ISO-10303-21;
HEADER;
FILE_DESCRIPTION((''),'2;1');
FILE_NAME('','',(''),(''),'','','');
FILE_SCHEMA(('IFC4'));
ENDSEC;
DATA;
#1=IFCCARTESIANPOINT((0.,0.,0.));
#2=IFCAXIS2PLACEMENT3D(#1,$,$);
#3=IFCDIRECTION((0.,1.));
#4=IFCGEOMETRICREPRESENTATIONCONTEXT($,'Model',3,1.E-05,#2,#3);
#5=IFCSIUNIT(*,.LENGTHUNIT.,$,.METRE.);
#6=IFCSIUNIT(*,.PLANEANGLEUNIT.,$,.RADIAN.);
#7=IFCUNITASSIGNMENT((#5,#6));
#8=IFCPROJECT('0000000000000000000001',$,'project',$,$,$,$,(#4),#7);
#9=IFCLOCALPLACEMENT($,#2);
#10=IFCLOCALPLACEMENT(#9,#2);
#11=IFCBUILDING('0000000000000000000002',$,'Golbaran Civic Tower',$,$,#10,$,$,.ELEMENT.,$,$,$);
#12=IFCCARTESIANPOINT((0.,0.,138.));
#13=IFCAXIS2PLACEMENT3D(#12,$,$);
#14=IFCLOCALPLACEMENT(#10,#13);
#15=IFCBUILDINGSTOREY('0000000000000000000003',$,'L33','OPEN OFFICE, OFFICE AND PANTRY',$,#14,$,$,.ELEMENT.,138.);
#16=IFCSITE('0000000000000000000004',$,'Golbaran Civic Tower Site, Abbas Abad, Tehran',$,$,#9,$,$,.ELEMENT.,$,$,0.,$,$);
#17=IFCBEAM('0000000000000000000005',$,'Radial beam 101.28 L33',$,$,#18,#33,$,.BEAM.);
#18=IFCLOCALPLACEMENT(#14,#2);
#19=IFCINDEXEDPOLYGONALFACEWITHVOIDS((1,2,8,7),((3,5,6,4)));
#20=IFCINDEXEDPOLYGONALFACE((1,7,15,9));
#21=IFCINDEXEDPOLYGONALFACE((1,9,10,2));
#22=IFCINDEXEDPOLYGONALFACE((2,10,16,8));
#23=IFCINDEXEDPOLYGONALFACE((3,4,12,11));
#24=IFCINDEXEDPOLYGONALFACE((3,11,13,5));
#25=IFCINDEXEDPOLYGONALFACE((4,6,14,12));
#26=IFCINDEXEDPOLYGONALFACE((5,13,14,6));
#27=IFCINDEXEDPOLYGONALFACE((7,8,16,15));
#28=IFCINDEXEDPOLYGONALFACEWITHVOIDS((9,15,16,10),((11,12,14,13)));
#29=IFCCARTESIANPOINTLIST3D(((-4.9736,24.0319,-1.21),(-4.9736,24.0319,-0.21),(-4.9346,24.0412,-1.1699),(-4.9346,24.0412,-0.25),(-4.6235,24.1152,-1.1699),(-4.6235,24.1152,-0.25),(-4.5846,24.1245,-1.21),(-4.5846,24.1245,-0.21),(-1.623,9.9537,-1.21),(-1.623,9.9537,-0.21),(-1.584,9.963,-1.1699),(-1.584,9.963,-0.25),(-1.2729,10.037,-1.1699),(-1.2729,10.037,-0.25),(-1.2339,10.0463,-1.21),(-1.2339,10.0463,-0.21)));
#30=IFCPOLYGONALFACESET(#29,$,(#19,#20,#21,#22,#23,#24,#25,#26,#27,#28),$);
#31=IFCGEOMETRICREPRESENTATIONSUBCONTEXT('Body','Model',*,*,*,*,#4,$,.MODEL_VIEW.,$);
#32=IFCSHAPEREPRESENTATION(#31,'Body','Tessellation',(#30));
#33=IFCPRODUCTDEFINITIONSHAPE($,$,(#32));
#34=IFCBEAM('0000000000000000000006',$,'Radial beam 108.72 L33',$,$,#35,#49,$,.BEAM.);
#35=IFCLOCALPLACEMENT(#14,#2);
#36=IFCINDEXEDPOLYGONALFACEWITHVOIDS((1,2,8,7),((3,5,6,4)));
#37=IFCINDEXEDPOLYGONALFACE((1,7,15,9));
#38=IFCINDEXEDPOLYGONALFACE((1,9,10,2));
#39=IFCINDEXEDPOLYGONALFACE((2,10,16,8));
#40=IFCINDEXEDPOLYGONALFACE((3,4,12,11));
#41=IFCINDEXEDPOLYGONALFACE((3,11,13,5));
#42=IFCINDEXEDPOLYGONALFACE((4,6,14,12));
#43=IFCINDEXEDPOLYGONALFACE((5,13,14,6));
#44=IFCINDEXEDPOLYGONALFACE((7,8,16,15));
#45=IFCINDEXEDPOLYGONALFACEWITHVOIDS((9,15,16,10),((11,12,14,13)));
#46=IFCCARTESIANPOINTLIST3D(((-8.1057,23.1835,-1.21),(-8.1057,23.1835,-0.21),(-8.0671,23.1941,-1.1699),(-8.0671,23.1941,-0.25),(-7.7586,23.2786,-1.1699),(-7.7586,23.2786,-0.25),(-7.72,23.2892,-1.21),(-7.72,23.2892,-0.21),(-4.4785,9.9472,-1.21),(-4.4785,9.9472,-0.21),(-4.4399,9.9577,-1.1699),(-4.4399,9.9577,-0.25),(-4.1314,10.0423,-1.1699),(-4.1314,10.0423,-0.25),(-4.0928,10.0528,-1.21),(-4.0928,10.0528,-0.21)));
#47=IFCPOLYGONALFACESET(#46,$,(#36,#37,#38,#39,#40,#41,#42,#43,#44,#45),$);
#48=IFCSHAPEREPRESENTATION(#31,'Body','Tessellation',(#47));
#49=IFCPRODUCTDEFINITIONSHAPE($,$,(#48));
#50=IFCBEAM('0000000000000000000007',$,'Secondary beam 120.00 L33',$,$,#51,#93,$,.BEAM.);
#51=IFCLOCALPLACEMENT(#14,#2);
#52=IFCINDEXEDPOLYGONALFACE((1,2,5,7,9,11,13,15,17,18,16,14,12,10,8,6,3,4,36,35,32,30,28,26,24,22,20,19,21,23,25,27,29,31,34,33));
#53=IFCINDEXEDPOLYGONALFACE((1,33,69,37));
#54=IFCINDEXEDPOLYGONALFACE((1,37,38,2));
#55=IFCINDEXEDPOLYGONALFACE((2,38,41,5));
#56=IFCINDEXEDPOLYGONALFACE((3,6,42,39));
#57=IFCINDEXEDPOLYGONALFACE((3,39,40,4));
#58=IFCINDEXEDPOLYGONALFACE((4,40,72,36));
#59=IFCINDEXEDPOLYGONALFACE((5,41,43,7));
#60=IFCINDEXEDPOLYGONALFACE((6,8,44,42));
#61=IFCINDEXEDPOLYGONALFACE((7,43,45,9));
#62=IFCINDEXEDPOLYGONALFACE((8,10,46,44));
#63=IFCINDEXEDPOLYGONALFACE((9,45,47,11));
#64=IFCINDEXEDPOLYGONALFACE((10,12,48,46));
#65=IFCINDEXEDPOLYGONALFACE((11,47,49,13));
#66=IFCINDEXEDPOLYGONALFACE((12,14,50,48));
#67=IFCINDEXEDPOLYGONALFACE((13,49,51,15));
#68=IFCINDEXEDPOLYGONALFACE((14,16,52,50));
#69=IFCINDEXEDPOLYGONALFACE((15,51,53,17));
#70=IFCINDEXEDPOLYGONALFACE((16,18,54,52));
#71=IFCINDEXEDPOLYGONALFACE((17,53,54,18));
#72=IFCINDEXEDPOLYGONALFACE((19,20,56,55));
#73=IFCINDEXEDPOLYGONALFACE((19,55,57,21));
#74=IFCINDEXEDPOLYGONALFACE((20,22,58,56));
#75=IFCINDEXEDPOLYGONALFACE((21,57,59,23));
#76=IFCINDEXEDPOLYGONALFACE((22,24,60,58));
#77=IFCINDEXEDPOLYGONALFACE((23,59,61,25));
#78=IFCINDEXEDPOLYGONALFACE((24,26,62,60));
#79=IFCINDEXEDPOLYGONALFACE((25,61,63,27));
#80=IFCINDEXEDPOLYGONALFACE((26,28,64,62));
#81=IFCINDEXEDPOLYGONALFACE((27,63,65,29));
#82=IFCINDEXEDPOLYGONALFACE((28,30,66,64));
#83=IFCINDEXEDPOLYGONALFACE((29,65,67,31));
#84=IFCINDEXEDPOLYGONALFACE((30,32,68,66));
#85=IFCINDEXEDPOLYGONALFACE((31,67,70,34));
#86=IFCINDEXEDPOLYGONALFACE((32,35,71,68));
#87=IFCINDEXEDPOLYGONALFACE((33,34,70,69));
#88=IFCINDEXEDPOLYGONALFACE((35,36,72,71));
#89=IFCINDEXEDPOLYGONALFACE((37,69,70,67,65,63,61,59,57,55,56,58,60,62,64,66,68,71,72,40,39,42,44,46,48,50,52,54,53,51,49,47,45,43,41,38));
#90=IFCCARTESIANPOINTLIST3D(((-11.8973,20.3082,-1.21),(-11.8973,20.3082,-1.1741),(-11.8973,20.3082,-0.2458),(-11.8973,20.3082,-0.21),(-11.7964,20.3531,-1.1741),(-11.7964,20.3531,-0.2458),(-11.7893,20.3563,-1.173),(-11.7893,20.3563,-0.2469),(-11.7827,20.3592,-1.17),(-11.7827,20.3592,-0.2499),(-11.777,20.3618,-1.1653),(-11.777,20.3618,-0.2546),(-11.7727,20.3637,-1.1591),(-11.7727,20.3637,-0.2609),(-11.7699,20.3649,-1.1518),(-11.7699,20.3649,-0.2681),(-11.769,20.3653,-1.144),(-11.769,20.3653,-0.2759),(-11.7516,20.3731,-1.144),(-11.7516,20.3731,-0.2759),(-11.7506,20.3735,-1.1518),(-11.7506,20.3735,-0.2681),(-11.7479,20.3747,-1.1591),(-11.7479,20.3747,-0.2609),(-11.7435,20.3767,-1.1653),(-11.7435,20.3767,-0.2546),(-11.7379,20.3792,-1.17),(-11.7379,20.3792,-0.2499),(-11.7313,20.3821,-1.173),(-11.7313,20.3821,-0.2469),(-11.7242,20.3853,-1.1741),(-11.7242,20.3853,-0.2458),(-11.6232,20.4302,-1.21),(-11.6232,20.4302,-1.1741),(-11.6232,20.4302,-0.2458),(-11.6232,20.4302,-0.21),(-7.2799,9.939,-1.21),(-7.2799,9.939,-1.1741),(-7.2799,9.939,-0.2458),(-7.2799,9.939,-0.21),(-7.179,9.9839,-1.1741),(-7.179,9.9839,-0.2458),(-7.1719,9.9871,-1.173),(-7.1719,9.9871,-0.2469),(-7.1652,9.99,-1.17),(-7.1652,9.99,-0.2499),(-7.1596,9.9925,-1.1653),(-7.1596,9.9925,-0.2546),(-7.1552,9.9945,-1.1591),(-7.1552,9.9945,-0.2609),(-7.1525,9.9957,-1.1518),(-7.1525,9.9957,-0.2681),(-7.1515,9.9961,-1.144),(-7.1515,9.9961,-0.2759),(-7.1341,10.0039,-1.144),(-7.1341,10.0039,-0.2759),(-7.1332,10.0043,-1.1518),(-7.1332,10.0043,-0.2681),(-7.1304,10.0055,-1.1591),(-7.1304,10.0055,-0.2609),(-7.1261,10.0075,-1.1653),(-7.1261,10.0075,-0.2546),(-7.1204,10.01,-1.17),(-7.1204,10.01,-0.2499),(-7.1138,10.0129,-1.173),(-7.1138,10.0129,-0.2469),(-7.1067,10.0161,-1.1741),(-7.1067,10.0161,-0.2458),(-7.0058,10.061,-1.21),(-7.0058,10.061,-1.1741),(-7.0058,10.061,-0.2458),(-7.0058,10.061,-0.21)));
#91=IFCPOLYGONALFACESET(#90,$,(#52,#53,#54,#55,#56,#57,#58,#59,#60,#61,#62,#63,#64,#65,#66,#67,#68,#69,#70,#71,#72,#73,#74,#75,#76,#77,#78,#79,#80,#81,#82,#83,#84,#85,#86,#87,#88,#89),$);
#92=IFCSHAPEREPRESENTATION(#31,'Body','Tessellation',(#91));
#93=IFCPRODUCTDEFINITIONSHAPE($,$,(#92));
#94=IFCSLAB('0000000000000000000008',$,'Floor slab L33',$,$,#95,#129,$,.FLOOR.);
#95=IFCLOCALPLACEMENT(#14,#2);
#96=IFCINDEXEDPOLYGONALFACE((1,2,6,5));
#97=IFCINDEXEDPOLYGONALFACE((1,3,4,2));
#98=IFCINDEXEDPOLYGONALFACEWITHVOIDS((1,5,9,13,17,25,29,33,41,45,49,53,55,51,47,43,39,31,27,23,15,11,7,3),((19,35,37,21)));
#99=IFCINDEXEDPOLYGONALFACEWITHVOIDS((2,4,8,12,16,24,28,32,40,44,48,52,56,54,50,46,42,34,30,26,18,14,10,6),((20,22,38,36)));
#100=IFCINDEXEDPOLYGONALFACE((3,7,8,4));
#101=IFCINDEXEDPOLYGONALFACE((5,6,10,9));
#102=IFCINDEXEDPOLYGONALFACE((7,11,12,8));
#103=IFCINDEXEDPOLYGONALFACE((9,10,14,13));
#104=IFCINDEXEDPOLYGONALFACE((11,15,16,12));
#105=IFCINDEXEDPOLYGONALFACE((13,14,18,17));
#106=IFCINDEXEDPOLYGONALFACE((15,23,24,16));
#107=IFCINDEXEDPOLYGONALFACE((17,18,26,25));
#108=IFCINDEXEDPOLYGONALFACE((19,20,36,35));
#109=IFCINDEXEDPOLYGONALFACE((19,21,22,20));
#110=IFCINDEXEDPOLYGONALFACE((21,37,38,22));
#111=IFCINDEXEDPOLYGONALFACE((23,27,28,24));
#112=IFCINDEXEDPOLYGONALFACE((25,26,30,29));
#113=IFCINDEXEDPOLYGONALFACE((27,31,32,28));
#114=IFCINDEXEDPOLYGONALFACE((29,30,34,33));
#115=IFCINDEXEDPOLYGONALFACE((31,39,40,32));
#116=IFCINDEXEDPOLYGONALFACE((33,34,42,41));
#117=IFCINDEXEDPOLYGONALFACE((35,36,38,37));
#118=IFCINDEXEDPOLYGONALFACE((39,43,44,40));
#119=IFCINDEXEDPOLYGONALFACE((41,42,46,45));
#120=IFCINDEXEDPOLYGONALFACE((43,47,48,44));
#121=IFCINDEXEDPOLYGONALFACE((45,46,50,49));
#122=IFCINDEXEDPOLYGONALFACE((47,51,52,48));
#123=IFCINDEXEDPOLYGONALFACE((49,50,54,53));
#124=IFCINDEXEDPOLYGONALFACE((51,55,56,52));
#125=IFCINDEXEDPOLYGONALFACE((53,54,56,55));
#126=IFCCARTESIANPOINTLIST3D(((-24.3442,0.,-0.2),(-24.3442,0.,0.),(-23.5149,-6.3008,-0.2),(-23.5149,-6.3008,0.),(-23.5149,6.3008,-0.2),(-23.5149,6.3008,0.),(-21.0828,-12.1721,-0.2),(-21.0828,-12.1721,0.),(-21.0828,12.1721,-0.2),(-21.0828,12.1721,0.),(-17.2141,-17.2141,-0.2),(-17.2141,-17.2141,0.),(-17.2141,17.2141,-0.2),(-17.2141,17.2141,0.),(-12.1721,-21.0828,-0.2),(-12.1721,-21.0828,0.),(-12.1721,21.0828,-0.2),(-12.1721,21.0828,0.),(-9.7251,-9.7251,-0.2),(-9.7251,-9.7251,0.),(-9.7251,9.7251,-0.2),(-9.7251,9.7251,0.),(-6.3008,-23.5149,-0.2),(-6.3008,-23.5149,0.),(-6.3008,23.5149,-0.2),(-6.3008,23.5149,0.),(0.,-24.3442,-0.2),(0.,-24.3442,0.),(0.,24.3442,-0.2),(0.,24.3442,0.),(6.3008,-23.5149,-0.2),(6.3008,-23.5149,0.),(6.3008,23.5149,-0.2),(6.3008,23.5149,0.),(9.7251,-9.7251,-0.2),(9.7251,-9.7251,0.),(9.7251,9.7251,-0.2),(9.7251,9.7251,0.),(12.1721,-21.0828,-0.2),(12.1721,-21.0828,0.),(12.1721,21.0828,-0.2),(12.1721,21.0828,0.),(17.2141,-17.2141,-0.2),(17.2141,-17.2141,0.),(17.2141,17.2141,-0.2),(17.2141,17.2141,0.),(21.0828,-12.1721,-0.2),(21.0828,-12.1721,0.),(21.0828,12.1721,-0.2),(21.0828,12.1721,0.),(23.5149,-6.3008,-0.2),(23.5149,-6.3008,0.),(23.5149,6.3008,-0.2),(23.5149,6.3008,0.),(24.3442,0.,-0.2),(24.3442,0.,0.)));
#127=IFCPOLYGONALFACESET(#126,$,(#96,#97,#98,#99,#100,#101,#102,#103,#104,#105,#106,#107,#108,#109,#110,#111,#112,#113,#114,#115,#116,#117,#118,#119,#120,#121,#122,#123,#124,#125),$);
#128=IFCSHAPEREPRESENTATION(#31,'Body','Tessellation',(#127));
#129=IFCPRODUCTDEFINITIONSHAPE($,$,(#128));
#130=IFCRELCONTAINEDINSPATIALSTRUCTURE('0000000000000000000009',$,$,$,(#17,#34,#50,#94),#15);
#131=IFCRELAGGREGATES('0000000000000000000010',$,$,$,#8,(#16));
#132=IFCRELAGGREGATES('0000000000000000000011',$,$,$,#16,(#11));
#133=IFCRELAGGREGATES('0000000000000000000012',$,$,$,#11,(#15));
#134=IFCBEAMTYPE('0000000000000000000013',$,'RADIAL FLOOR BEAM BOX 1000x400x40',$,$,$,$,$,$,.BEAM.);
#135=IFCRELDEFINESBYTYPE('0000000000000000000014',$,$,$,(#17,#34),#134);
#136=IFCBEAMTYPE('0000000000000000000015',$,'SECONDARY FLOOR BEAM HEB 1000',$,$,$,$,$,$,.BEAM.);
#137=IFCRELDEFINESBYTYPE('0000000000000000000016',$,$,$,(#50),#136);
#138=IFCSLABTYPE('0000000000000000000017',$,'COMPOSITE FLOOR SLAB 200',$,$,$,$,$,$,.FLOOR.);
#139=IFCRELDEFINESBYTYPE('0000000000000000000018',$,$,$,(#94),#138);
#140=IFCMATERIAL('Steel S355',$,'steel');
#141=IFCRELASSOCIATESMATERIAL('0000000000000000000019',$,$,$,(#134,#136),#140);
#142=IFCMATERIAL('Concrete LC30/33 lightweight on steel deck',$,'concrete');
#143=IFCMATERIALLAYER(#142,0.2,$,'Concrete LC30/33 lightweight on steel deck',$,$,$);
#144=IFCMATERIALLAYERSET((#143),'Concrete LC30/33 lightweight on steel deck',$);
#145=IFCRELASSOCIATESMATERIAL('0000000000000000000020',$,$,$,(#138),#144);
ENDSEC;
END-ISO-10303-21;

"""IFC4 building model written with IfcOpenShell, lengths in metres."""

from ifc_helpers import new_model, si_unit, direction, frame, origin, origin_2d, place, context, subcontext, project, spatial, polyline, hollow_rectangle, i_section, outline, extrude, material, layer, layer_set, material_profile, profile_set, type_object, element, save


model = new_model("IFC4")

# Units and contexts
model_context = context("Model", 3, precision=1e-05, world=origin(), true_north=direction((0.0, 1.0)))
body_context = subcontext(model_context, "Body", "Model", "MODEL_VIEW")
ifc_project = project(units=[si_unit("LENGTHUNIT", "METRE"), si_unit("PLANEANGLEUNIT", "RADIAN")], contexts=[model_context])

# Site, building, storey
site_placement = place(None, origin())
site = spatial("IfcSite", under=ifc_project, at=site_placement, Name="Golbaran Civic Tower Site, Abbas Abad, Tehran", CompositionType="ELEMENT", RefElevation=0.0)
building_placement = place(site_placement, origin())
building = spatial("IfcBuilding", under=site, at=building_placement, Name="Golbaran Civic Tower", CompositionType="ELEMENT")
storey_placement = place(building_placement, frame((0.0, 0.0, 138.0)))
storey = spatial("IfcBuildingStorey", under=building, at=storey_placement, Name="L33", Description="OPEN OFFICE, OFFICE AND PANTRY", CompositionType="ELEMENT", Elevation=138.0)

# Beams
ifc_material_1 = material(Name="Steel S355", Category="steel")
ifc_material_profile_1 = material_profile(ifc_material_1, hollow_rectangle(XDim=0.3999, YDim=1.0, WallThickness=0.04, at=origin_2d()), Name="BOX 1000x400x40")
ifc_profile_set_1 = profile_set([ifc_material_profile_1], Name="Steel S355")
beam_type_1 = type_object("IfcBeamType", Name="RADIAL FLOOR BEAM BOX 1000x400x40", PredefinedType="BEAM", material=ifc_profile_set_1)
beam_1_placement = place(storey_placement, frame((-1.4285, 10.0, -0.71), z_axis=(-0.231532, 0.972827, 0.0), x_axis=(-0.972827, -0.231532, 0.0)))
element("IfcBeam", 1, at=beam_1_placement, inside=storey, type_object=beam_type_1, Name="Radial beam 101.28 L33", PredefinedType="BEAM", context=body_context, shape_type="SweptSolid", body=[
    extrude(hollow_rectangle(XDim=0.3999, YDim=1.0, WallThickness=0.04, at=origin_2d()), origin(), (0.0, 0.0, 1.0), 14.4714),
])
beam_2_placement = place(storey_placement, frame((-4.2856, 10.0, -0.71), z_axis=(-0.26429, 0.964443, 0.0), x_axis=(-0.964443, -0.26429, 0.0)))
element("IfcBeam", 2, at=beam_2_placement, inside=storey, type_object=beam_type_1, Name="Radial beam 108.72 L33", PredefinedType="BEAM", context=body_context, shape_type="SweptSolid", body=[
    extrude(hollow_rectangle(XDim=0.3999, YDim=1.0, WallThickness=0.04, at=origin_2d()), origin(), (0.0, 0.0, 1.0), 13.7244),
])
ifc_material_profile_2 = material_profile(ifc_material_1, i_section(OverallWidth=0.3, OverallDepth=1.0, WebThickness=0.019, FlangeThickness=0.0359, FilletRadius=0.03, at=origin_2d()), Name="HEB 1000")
ifc_profile_set_2 = profile_set([ifc_material_profile_2], Name="Steel S355")
beam_type_2 = type_object("IfcBeamType", Name="SECONDARY FLOOR BEAM HEB 1000", PredefinedType="BEAM", material=ifc_profile_set_2)
beam_3_placement = place(storey_placement, frame((-7.1428, 10.0, -0.71), z_axis=(-0.406795, 0.91352, 0.0), x_axis=(-0.91352, -0.406795, 0.0)))
element("IfcBeam", 3, at=beam_3_placement, inside=storey, type_object=beam_type_2, Name="Secondary beam 120.00 L33", PredefinedType="BEAM", context=body_context, shape_type="SweptSolid", body=[
    extrude(i_section(OverallWidth=0.3, OverallDepth=1.0, WebThickness=0.019, FlangeThickness=0.0359, FilletRadius=0.03, at=origin_2d()), origin(), (0.0, 0.0, 1.0), 11.3508),
])

# Slab
ifc_material_2 = material(Name="Concrete LC30/33 lightweight on steel deck", Category="concrete")
ifc_layer_1 = layer(ifc_material_2, 0.2, Name="Concrete LC30/33 lightweight on steel deck")
ifc_layer_set_1 = layer_set([ifc_layer_1], Name="Concrete LC30/33 lightweight on steel deck")
slab_type_1 = type_object("IfcSlabType", Name="COMPOSITE FLOOR SLAB 200", PredefinedType="FLOOR", material=ifc_layer_set_1)
slab_1_placement = place(storey_placement, frame((0.0, 0.0, -0.2)))
element("IfcSlab", 4, at=slab_1_placement, inside=storey, type_object=slab_type_1, Name="Floor slab L33", PredefinedType="FLOOR", context=body_context, shape_type="SweptSolid", body=[
    extrude(outline(polyline([(21.0828, -12.1721), (17.2141, -17.2141), (12.1721, -21.0828), (6.3008, -23.5149), (0.0, -24.3442), (-6.3008, -23.5149), (-12.1721, -21.0828), (-17.2141, -17.2141), (-21.0828, -12.1721), (-23.5149, -6.3008), (-24.3442, 0.0), (-23.5149, 6.3008), (-21.0828, 12.1721), (-17.2141, 17.2141), (-12.1721, 21.0828), (-6.3008, 23.5149), (0.0, 24.3442), (6.3008, 23.5149), (12.1721, 21.0828), (17.2141, 17.2141), (21.0828, 12.1721), (23.5149, 6.3008), (24.3442, 0.0), (23.5149, -6.3008), (21.0828, -12.1721)]), holes=[polyline([(-9.7251, 9.7251), (-9.7251, -9.7251), (9.7251, -9.7251), (9.7251, 9.7251), (-9.7251, 9.7251)])]), origin(), (0.0, 0.0, 1.0), 0.2),
])

save(model, "model.ifc")
